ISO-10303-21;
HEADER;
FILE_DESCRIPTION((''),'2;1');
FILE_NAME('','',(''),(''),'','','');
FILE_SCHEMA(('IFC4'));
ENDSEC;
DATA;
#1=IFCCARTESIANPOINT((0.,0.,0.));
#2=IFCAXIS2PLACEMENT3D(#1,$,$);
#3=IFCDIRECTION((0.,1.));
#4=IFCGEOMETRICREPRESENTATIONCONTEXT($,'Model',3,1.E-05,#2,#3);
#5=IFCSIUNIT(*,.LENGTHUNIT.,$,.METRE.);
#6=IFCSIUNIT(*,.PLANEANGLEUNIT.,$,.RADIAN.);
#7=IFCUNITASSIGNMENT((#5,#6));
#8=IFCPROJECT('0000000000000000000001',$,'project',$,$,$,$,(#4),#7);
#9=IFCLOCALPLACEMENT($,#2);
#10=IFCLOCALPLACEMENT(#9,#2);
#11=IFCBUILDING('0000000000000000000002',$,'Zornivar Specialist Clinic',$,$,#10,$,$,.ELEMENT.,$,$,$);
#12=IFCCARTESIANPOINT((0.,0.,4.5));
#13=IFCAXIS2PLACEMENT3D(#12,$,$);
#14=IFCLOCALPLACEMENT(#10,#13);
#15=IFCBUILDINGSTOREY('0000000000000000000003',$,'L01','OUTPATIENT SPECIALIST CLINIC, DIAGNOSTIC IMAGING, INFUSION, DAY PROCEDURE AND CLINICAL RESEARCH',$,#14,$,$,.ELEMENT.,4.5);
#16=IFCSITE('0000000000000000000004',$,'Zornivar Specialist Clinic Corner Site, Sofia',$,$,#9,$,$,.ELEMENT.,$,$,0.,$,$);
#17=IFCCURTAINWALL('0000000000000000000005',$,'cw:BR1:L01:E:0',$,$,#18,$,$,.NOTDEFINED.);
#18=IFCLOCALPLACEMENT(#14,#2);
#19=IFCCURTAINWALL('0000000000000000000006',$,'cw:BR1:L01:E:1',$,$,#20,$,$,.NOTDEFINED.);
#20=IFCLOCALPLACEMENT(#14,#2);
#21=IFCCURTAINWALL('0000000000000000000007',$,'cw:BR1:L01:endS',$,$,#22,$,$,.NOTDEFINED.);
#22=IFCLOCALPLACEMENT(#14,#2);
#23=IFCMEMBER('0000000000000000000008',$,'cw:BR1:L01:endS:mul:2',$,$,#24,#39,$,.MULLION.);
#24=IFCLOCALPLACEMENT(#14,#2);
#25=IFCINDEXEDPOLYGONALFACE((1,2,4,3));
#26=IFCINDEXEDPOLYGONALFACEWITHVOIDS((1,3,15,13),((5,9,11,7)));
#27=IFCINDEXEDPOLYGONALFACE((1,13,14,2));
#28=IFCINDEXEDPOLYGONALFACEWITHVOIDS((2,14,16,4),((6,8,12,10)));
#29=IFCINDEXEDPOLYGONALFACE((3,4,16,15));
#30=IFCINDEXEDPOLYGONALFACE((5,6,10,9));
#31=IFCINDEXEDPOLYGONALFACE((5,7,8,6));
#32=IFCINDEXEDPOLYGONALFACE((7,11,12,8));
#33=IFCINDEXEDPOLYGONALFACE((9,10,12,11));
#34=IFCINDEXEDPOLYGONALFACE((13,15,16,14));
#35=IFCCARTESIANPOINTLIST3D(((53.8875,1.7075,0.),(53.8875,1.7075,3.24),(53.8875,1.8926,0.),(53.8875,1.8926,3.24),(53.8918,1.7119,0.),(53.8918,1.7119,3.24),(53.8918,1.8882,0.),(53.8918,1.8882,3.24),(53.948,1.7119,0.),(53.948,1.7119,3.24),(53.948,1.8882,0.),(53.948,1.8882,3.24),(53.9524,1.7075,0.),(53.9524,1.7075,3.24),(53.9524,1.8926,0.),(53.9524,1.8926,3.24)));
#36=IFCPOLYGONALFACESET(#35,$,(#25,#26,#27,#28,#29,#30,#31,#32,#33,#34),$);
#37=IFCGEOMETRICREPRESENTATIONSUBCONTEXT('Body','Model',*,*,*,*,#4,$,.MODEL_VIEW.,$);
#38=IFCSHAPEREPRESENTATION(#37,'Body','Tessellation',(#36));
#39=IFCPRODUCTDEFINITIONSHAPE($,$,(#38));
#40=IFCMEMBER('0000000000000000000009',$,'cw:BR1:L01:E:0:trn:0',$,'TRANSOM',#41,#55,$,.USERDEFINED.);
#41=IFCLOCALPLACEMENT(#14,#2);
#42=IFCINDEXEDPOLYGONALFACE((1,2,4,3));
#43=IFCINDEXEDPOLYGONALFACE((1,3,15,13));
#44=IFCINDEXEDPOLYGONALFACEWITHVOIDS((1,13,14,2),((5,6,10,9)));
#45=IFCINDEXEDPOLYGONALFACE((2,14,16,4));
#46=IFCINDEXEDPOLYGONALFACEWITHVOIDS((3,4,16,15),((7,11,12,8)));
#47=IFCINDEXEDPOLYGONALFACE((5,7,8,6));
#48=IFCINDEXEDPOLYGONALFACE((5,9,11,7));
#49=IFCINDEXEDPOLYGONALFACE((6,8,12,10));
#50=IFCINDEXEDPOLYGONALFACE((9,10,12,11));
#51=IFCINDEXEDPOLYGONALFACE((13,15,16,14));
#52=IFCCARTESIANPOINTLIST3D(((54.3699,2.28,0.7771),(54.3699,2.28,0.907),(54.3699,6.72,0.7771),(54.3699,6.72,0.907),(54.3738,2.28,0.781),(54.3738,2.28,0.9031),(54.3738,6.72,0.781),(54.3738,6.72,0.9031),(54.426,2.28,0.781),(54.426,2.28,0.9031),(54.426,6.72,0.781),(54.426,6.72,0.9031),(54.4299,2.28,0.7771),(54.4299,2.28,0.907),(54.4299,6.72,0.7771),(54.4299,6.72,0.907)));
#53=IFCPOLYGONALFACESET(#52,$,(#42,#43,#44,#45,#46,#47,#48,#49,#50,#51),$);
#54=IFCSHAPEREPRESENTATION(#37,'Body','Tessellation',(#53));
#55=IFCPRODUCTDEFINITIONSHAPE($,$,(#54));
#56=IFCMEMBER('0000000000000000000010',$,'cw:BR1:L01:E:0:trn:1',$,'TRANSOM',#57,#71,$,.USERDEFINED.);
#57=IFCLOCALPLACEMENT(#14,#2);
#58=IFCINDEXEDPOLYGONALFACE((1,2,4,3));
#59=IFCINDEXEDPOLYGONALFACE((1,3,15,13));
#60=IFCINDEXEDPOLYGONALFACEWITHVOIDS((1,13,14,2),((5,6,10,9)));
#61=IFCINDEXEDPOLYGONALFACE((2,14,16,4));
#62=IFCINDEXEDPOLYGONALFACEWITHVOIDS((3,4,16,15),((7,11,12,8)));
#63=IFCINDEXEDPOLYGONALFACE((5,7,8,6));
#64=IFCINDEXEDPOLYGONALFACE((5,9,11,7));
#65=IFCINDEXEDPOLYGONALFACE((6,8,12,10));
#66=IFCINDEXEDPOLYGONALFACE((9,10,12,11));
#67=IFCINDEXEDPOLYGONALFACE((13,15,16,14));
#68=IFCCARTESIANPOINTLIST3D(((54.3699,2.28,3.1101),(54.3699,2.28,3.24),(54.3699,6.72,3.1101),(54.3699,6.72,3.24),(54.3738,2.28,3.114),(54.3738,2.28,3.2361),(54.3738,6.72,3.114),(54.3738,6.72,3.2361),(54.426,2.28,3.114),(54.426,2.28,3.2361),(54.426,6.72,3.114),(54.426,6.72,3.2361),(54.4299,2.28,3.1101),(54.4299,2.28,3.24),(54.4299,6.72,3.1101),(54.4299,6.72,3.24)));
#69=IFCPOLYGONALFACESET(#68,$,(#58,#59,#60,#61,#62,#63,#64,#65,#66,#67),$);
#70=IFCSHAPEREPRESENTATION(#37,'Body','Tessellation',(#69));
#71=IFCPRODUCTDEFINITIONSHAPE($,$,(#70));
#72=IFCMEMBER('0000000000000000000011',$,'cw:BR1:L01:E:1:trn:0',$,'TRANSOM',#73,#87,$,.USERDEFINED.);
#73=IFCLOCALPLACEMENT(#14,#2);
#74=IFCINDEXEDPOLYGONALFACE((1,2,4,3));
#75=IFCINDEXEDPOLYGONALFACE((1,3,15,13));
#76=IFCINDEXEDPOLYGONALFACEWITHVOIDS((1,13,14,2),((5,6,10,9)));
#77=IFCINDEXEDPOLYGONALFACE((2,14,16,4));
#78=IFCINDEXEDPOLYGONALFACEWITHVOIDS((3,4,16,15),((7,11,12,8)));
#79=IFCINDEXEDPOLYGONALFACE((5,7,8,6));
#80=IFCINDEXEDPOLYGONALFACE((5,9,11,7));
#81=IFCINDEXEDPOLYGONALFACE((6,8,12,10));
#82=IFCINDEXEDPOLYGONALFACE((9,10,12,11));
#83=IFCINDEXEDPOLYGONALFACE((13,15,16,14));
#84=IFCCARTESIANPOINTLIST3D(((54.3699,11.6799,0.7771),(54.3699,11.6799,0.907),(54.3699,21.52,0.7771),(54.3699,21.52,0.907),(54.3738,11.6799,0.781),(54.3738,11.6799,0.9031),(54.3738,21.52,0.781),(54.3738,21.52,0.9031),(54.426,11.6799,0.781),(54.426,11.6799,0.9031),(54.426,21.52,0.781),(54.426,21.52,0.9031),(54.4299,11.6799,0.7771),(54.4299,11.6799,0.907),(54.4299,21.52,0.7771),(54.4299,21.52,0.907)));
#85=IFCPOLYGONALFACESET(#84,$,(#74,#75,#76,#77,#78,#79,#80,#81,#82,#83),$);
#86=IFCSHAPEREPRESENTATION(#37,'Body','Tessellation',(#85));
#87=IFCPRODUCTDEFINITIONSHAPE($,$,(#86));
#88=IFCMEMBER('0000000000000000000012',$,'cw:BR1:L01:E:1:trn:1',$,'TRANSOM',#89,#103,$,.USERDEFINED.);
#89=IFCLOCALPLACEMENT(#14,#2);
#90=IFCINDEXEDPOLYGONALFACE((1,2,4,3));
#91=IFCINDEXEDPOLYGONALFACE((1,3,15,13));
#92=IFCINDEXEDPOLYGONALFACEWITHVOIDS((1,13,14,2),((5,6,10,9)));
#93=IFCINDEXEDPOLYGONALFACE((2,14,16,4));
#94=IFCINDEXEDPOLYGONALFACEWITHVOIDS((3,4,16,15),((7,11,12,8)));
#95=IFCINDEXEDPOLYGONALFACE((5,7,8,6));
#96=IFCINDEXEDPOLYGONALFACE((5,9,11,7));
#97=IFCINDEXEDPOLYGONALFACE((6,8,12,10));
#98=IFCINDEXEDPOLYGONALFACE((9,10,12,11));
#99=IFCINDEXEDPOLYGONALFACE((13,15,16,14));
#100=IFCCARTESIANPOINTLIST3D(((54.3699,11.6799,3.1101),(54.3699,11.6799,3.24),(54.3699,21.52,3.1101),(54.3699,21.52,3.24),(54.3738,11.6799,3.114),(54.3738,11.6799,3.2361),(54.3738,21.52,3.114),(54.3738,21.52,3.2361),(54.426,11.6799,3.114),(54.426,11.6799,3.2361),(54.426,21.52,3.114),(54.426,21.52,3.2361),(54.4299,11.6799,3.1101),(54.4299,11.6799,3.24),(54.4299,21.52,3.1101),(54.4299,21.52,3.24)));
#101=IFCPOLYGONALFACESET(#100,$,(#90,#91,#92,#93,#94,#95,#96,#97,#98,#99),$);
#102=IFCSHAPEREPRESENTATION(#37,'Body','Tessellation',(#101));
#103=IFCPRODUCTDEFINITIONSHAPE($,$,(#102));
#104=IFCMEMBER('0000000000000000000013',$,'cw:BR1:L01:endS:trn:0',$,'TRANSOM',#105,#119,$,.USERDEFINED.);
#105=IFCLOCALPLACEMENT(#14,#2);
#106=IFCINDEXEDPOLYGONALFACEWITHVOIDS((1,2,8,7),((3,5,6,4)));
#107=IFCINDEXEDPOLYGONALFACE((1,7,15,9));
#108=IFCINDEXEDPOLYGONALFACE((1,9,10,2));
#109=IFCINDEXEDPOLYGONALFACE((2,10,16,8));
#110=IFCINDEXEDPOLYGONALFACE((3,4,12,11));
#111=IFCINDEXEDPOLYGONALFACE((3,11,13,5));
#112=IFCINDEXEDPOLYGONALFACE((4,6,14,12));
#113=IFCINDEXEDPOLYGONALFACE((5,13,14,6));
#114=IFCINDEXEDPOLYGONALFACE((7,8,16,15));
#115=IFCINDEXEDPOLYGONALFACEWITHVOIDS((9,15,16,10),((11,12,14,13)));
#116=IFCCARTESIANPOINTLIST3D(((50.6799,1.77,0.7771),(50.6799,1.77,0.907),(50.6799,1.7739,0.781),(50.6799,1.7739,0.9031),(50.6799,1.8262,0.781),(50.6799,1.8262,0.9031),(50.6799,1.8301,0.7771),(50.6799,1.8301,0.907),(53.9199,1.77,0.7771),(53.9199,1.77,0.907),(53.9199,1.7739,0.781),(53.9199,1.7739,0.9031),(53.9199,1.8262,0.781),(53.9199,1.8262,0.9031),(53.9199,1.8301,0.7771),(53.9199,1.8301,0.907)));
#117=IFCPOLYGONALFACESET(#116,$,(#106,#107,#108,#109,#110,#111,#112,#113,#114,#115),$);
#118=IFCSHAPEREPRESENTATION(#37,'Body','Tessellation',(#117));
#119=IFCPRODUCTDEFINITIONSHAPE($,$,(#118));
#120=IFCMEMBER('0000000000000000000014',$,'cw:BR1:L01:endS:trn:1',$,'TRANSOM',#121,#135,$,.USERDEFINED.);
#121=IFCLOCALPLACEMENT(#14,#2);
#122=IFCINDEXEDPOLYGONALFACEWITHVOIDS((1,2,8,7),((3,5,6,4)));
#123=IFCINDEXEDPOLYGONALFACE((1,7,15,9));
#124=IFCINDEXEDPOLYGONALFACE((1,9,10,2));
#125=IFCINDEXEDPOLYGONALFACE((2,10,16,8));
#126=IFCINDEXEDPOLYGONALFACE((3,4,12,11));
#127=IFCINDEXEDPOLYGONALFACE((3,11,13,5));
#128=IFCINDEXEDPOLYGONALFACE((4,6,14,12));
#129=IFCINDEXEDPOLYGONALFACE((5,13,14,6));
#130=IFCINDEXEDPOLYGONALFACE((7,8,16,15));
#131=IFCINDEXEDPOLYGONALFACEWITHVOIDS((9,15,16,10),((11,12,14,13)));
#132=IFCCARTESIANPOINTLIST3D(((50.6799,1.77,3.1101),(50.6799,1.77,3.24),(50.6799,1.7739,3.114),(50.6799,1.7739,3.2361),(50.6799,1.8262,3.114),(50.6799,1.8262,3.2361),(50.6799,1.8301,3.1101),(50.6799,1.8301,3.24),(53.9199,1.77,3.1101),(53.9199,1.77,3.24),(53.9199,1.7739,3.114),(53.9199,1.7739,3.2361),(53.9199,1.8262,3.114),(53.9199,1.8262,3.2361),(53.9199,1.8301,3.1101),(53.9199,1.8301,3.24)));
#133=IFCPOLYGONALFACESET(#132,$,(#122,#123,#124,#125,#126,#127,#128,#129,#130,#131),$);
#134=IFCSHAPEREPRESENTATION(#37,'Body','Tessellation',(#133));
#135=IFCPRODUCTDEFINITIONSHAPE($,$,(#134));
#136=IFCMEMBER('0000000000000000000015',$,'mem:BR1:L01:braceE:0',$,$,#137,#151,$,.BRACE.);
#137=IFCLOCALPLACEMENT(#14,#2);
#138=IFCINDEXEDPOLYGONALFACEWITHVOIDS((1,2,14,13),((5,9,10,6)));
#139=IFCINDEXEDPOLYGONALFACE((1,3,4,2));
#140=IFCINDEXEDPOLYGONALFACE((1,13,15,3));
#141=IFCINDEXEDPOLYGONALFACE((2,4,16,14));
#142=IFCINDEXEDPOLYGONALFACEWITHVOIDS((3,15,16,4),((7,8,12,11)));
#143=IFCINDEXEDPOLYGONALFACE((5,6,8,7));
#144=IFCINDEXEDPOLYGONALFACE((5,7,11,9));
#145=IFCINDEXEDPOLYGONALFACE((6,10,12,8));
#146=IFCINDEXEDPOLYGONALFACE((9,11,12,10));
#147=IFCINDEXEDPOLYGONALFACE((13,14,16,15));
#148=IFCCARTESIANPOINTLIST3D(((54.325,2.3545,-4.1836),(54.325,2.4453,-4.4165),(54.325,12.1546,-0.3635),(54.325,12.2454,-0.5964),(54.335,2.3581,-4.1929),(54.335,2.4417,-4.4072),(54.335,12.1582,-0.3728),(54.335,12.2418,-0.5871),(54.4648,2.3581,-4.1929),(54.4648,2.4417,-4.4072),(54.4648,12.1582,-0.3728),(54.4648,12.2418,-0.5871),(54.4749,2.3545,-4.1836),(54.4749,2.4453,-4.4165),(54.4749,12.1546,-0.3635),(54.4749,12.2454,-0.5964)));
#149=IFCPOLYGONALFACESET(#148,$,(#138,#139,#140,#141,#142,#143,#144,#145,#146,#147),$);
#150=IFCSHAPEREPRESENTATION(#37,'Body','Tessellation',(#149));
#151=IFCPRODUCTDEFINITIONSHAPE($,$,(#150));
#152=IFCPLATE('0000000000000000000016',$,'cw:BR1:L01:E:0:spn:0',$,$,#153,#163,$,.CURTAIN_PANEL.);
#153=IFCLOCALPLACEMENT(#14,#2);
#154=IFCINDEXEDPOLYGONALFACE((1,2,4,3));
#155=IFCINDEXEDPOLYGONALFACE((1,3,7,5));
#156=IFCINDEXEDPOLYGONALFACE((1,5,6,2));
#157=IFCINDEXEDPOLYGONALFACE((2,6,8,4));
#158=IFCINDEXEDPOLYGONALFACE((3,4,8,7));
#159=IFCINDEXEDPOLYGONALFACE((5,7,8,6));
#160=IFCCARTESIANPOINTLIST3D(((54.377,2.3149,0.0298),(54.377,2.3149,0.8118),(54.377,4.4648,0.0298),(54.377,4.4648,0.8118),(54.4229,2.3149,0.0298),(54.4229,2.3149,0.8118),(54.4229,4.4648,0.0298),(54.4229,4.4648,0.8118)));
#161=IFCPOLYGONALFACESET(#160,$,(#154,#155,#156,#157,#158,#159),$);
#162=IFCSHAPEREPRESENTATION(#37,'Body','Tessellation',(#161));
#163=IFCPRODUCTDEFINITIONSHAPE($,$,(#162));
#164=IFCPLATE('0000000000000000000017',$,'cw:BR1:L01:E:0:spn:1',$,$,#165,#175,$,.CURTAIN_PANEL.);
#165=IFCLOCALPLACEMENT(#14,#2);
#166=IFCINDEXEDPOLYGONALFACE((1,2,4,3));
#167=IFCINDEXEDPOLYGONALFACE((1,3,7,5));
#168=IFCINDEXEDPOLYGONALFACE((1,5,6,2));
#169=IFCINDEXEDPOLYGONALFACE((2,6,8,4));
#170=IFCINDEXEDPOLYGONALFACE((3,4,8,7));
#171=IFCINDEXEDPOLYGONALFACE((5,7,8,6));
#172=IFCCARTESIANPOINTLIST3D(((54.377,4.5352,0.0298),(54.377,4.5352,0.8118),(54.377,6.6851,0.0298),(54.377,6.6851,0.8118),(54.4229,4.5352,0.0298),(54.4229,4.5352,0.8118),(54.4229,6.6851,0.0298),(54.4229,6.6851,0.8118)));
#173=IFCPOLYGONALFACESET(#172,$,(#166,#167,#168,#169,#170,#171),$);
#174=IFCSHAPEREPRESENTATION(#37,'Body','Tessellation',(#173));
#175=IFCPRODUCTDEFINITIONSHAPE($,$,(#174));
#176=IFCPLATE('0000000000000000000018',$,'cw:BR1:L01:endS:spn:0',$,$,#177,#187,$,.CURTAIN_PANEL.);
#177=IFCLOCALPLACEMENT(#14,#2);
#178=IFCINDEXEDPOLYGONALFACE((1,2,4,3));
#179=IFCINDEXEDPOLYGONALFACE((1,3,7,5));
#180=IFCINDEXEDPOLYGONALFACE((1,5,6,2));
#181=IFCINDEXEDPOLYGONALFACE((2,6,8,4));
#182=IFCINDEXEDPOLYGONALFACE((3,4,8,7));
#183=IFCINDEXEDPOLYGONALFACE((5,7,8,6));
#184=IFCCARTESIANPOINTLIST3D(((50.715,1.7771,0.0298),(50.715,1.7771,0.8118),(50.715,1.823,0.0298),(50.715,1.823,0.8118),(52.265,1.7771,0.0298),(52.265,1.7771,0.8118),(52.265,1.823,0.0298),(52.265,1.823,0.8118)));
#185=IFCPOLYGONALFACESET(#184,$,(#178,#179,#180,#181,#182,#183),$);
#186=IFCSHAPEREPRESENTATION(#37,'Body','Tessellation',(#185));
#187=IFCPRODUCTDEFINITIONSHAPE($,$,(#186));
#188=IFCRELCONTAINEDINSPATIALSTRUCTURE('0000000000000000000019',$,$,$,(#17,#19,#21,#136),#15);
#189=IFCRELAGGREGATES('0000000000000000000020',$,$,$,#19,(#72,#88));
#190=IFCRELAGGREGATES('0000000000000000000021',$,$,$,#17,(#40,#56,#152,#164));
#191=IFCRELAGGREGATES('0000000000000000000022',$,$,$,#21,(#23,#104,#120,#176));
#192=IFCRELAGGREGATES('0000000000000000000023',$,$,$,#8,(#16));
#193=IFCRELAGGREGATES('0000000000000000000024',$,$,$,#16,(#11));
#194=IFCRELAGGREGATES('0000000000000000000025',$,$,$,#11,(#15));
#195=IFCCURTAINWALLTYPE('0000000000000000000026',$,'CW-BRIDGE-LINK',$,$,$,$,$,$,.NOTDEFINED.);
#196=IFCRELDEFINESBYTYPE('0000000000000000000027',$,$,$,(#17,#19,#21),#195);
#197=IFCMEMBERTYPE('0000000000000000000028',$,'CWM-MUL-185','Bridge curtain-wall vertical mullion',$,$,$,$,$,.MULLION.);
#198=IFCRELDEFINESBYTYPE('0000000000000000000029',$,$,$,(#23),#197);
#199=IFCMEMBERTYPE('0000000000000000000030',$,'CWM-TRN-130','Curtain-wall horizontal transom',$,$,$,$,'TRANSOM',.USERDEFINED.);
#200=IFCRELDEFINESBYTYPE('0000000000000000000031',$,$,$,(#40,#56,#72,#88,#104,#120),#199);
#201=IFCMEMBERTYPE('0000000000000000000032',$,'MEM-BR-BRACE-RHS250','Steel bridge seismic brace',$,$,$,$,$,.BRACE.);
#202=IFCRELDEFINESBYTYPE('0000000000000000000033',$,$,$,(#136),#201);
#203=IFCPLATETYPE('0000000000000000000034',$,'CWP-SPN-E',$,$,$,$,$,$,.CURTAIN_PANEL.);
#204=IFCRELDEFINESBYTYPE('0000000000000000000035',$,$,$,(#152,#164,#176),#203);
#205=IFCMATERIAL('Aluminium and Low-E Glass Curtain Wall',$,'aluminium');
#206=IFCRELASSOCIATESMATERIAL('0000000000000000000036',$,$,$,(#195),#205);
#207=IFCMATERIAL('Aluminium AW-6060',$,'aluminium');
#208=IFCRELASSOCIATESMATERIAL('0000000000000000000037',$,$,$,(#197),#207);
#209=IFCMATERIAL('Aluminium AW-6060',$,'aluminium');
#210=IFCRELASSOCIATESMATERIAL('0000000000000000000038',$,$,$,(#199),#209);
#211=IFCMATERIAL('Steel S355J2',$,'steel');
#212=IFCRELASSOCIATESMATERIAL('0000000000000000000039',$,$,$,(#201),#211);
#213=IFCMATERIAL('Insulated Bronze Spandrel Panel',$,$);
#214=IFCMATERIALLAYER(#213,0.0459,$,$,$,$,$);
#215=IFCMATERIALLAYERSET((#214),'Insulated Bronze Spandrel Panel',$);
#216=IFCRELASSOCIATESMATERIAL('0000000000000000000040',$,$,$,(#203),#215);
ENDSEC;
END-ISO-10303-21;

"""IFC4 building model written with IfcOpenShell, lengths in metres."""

from ifc_helpers import new_model, si_unit, direction, frame, origin, origin_2d, place, context, subcontext, project, spatial, rectangle, hollow_rectangle, extrude, material, layer, layer_set, material_profile, profile_set, type_object, element, aggregate, save


model = new_model("IFC4")

# Units and contexts
model_context = context("Model", 3, precision=1e-05, world=origin(), true_north=direction((0.0, 1.0)))
body_context = subcontext(model_context, "Body", "Model", "MODEL_VIEW")
ifc_project = project(units=[si_unit("LENGTHUNIT", "METRE"), si_unit("PLANEANGLEUNIT", "RADIAN")], contexts=[model_context])

# Site, building, storey
site_placement = place(None, origin())
site = spatial("IfcSite", under=ifc_project, at=site_placement, Name="Zornivar Specialist Clinic Corner Site, Sofia", CompositionType="ELEMENT", RefElevation=0.0)
building_placement = place(site_placement, origin())
building = spatial("IfcBuilding", under=site, at=building_placement, Name="Zornivar Specialist Clinic", CompositionType="ELEMENT")
storey_placement = place(building_placement, frame((0.0, 0.0, 4.5)))
storey = spatial("IfcBuildingStorey", under=building, at=storey_placement, Name="L01", Description="OUTPATIENT SPECIALIST CLINIC, DIAGNOSTIC IMAGING, INFUSION, DAY PROCEDURE AND CLINICAL RESEARCH", CompositionType="ELEMENT", Elevation=4.5)

# Curtain wall
ifc_material_1 = material(Name="Aluminium and Low-E Glass Curtain Wall", Category="aluminium")
curtain_wall_type = type_object("IfcCurtainWallType", Name="CW-BRIDGE-LINK", PredefinedType="NOTDEFINED", material=ifc_material_1)
curtain_wall_1_placement = place(storey_placement, origin())
curtain_wall_1 = element("IfcCurtainWall", 1, at=curtain_wall_1_placement, inside=storey, type_object=curtain_wall_type, Name="cw:BR1:L01:E:0", PredefinedType="NOTDEFINED")
ifc_material_2 = material(Name="Aluminium AW-6060", Category="aluminium")
ifc_material_profile_1 = material_profile(ifc_material_2, hollow_rectangle(XDim=0.0649, YDim=0.1851, WallThickness=0.0044, at=origin_2d()), Name="ALU 65x185x4.5")
ifc_profile_set_1 = profile_set([ifc_material_profile_1], Name="Aluminium AW-6060")
member_type_1 = type_object("IfcMemberType", Name="CWM-MUL-185", Description="Bridge curtain-wall vertical mullion", PredefinedType="MULLION", material=ifc_profile_set_1)

# Curtain wall
curtain_wall_2_placement = place(storey_placement, origin())
curtain_wall_2 = element("IfcCurtainWall", 2, at=curtain_wall_2_placement, inside=storey, type_object=curtain_wall_type, Name="cw:BR1:L01:E:1", PredefinedType="NOTDEFINED")

# Curtain wall, member
curtain_wall_3_placement = place(storey_placement, origin())
curtain_wall_3 = element("IfcCurtainWall", 3, at=curtain_wall_3_placement, inside=storey, type_object=curtain_wall_type, Name="cw:BR1:L01:endS", PredefinedType="NOTDEFINED")
member_1_placement = place(storey_placement, frame((53.9199, 1.8, 0.0), z_axis=(0.0, 0.0, 1.0), x_axis=(1.0, 0.0, 0.0)))
member_1 = element("IfcMember", 4, at=member_1_placement, type_object=member_type_1, Name="cw:BR1:L01:endS:mul:2", PredefinedType="MULLION", context=body_context, shape_type="SweptSolid", body=[
    extrude(hollow_rectangle(XDim=0.0649, YDim=0.1851, WallThickness=0.0044, at=origin_2d()), origin(), (0.0, 0.0, 1.0), 3.24),
])

# Members
ifc_material_3 = material(Name="Aluminium AW-6060", Category="aluminium")
ifc_material_profile_2 = material_profile(ifc_material_3, hollow_rectangle(XDim=0.0601, YDim=0.1299, WallThickness=0.0039, at=origin_2d()), Name="ALU 60x130x4")
ifc_profile_set_2 = profile_set([ifc_material_profile_2], Name="Aluminium AW-6060")
member_type_2 = type_object("IfcMemberType", Name="CWM-TRN-130", Description="Curtain-wall horizontal transom", ElementType="TRANSOM", PredefinedType="USERDEFINED", material=ifc_profile_set_2)
member_2_placement = place(storey_placement, frame((54.3999, 2.28, 0.842), z_axis=(0.0, 1.0, 0.0), x_axis=(-1.0, 0.0, 0.0)))
member_2 = element("IfcMember", 5, at=member_2_placement, type_object=member_type_2, Name="cw:BR1:L01:E:0:trn:0", ObjectType="TRANSOM", PredefinedType="USERDEFINED", context=body_context, shape_type="SweptSolid", body=[
    extrude(hollow_rectangle(XDim=0.0601, YDim=0.1299, WallThickness=0.0039, at=origin_2d()), origin(), (0.0, 0.0, 1.0), 4.4399),
])
member_3_placement = place(storey_placement, frame((54.3999, 2.28, 3.175), z_axis=(0.0, 1.0, 0.0), x_axis=(-1.0, 0.0, 0.0)))
member_3 = element("IfcMember", 6, at=member_3_placement, type_object=member_type_2, Name="cw:BR1:L01:E:0:trn:1", ObjectType="TRANSOM", PredefinedType="USERDEFINED", context=body_context, shape_type="SweptSolid", body=[
    extrude(hollow_rectangle(XDim=0.0601, YDim=0.1299, WallThickness=0.0039, at=origin_2d()), origin(), (0.0, 0.0, 1.0), 4.4399),
])
member_4_placement = place(storey_placement, frame((54.3999, 11.6799, 0.842), z_axis=(0.0, 1.0, 0.0), x_axis=(-1.0, 0.0, 0.0)))
member_4 = element("IfcMember", 7, at=member_4_placement, type_object=member_type_2, Name="cw:BR1:L01:E:1:trn:0", ObjectType="TRANSOM", PredefinedType="USERDEFINED", context=body_context, shape_type="SweptSolid", body=[
    extrude(hollow_rectangle(XDim=0.0601, YDim=0.1299, WallThickness=0.0039, at=origin_2d()), origin(), (0.0, 0.0, 1.0), 9.8401),
])
member_5_placement = place(storey_placement, frame((54.3999, 11.6799, 3.175), z_axis=(0.0, 1.0, 0.0), x_axis=(-1.0, 0.0, 0.0)))
member_5 = element("IfcMember", 8, at=member_5_placement, type_object=member_type_2, Name="cw:BR1:L01:E:1:trn:1", ObjectType="TRANSOM", PredefinedType="USERDEFINED", context=body_context, shape_type="SweptSolid", body=[
    extrude(hollow_rectangle(XDim=0.0601, YDim=0.1299, WallThickness=0.0039, at=origin_2d()), origin(), (0.0, 0.0, 1.0), 9.8401),
])
aggregate(curtain_wall_2, [member_4, member_5])
member_6_placement = place(storey_placement, frame((50.6799, 1.8, 0.842), z_axis=(1.0, 0.0, 0.0), x_axis=(0.0, 1.0, 0.0)))
member_6 = element("IfcMember", 9, at=member_6_placement, type_object=member_type_2, Name="cw:BR1:L01:endS:trn:0", ObjectType="TRANSOM", PredefinedType="USERDEFINED", context=body_context, shape_type="SweptSolid", body=[
    extrude(hollow_rectangle(XDim=0.0601, YDim=0.1299, WallThickness=0.0039, at=origin_2d()), origin(), (0.0, 0.0, 1.0), 3.24),
])
member_7_placement = place(storey_placement, frame((50.6799, 1.8, 3.175), z_axis=(1.0, 0.0, 0.0), x_axis=(0.0, 1.0, 0.0)))
member_7 = element("IfcMember", 10, at=member_7_placement, type_object=member_type_2, Name="cw:BR1:L01:endS:trn:1", ObjectType="TRANSOM", PredefinedType="USERDEFINED", context=body_context, shape_type="SweptSolid", body=[
    extrude(hollow_rectangle(XDim=0.0601, YDim=0.1299, WallThickness=0.0039, at=origin_2d()), origin(), (0.0, 0.0, 1.0), 3.24),
])
ifc_material_4 = material(Name="Steel S355J2", Category="steel")
ifc_material_profile_3 = material_profile(ifc_material_4, hollow_rectangle(XDim=0.1499, YDim=0.25, WallThickness=0.01, at=origin_2d()), Name="RHS 250x150x10")
ifc_profile_set_3 = profile_set([ifc_material_profile_3], Name="Steel S355J2")
member_type_3 = type_object("IfcMemberType", Name="MEM-BR-BRACE-RHS250", Description="Steel bridge seismic brace", PredefinedType="BRACE", material=ifc_profile_set_3)
member_8_placement = place(storey_placement, frame((54.3999, 2.3999, -4.3), z_axis=(0.0, 0.931717, 0.363184), x_axis=(-1.0, 0.0, 0.0)))
element("IfcMember", 11, at=member_8_placement, inside=storey, type_object=member_type_3, Name="mem:BR1:L01:braceE:0", PredefinedType="BRACE", context=body_context, shape_type="SweptSolid", body=[
    extrude(hollow_rectangle(XDim=0.1499, YDim=0.25, WallThickness=0.01, at=origin_2d()), origin(), (0.0, 0.0, 1.0), 10.5183),
])

# Plates
ifc_material_5 = material(Name="Insulated Bronze Spandrel Panel")
ifc_layer_1 = layer(ifc_material_5, 0.0459)
ifc_layer_set_1 = layer_set([ifc_layer_1], Name="Insulated Bronze Spandrel Panel")
plate_type_1 = type_object("IfcPlateType", Name="CWP-SPN-E", PredefinedType="CURTAIN_PANEL", material=ifc_layer_set_1)
plate_1_placement = place(storey_placement, frame((54.3999, 3.3899, 0.0298), z_axis=(0.0, 0.0, 1.0), x_axis=(0.0, 1.0, 0.0)))
plate_1 = element("IfcPlate", 12, at=plate_1_placement, type_object=plate_type_1, Name="cw:BR1:L01:E:0:spn:0", PredefinedType="CURTAIN_PANEL", context=body_context, shape_type="SweptSolid", body=[
    extrude(rectangle(XDim=2.1499, YDim=0.0459, at=origin_2d()), origin(), (0.0, 0.0, 1.0), 0.782),
])
plate_2_placement = place(storey_placement, frame((54.3999, 5.6101, 0.0298), z_axis=(0.0, 0.0, 1.0), x_axis=(0.0, 1.0, 0.0)))
plate_2 = element("IfcPlate", 13, at=plate_2_placement, type_object=plate_type_1, Name="cw:BR1:L01:E:0:spn:1", PredefinedType="CURTAIN_PANEL", context=body_context, shape_type="SweptSolid", body=[
    extrude(rectangle(XDim=2.1499, YDim=0.0459, at=origin_2d()), origin(), (0.0, 0.0, 1.0), 0.782),
])
plate_3_placement = place(storey_placement, frame((51.49, 1.8, 0.0298), z_axis=(0.0, 0.0, 1.0), x_axis=(1.0, 0.0, 0.0)))
plate_3 = element("IfcPlate", 14, at=plate_3_placement, type_object=plate_type_1, Name="cw:BR1:L01:endS:spn:0", PredefinedType="CURTAIN_PANEL", context=body_context, shape_type="SweptSolid", body=[
    extrude(rectangle(XDim=1.55, YDim=0.0459, at=origin_2d()), origin(), (0.0, 0.0, 1.0), 0.782),
])
aggregate(curtain_wall_1, [member_2, member_3, plate_1, plate_2])
aggregate(curtain_wall_3, [member_1, member_6, member_7, plate_3])

save(model, "model.ifc")
